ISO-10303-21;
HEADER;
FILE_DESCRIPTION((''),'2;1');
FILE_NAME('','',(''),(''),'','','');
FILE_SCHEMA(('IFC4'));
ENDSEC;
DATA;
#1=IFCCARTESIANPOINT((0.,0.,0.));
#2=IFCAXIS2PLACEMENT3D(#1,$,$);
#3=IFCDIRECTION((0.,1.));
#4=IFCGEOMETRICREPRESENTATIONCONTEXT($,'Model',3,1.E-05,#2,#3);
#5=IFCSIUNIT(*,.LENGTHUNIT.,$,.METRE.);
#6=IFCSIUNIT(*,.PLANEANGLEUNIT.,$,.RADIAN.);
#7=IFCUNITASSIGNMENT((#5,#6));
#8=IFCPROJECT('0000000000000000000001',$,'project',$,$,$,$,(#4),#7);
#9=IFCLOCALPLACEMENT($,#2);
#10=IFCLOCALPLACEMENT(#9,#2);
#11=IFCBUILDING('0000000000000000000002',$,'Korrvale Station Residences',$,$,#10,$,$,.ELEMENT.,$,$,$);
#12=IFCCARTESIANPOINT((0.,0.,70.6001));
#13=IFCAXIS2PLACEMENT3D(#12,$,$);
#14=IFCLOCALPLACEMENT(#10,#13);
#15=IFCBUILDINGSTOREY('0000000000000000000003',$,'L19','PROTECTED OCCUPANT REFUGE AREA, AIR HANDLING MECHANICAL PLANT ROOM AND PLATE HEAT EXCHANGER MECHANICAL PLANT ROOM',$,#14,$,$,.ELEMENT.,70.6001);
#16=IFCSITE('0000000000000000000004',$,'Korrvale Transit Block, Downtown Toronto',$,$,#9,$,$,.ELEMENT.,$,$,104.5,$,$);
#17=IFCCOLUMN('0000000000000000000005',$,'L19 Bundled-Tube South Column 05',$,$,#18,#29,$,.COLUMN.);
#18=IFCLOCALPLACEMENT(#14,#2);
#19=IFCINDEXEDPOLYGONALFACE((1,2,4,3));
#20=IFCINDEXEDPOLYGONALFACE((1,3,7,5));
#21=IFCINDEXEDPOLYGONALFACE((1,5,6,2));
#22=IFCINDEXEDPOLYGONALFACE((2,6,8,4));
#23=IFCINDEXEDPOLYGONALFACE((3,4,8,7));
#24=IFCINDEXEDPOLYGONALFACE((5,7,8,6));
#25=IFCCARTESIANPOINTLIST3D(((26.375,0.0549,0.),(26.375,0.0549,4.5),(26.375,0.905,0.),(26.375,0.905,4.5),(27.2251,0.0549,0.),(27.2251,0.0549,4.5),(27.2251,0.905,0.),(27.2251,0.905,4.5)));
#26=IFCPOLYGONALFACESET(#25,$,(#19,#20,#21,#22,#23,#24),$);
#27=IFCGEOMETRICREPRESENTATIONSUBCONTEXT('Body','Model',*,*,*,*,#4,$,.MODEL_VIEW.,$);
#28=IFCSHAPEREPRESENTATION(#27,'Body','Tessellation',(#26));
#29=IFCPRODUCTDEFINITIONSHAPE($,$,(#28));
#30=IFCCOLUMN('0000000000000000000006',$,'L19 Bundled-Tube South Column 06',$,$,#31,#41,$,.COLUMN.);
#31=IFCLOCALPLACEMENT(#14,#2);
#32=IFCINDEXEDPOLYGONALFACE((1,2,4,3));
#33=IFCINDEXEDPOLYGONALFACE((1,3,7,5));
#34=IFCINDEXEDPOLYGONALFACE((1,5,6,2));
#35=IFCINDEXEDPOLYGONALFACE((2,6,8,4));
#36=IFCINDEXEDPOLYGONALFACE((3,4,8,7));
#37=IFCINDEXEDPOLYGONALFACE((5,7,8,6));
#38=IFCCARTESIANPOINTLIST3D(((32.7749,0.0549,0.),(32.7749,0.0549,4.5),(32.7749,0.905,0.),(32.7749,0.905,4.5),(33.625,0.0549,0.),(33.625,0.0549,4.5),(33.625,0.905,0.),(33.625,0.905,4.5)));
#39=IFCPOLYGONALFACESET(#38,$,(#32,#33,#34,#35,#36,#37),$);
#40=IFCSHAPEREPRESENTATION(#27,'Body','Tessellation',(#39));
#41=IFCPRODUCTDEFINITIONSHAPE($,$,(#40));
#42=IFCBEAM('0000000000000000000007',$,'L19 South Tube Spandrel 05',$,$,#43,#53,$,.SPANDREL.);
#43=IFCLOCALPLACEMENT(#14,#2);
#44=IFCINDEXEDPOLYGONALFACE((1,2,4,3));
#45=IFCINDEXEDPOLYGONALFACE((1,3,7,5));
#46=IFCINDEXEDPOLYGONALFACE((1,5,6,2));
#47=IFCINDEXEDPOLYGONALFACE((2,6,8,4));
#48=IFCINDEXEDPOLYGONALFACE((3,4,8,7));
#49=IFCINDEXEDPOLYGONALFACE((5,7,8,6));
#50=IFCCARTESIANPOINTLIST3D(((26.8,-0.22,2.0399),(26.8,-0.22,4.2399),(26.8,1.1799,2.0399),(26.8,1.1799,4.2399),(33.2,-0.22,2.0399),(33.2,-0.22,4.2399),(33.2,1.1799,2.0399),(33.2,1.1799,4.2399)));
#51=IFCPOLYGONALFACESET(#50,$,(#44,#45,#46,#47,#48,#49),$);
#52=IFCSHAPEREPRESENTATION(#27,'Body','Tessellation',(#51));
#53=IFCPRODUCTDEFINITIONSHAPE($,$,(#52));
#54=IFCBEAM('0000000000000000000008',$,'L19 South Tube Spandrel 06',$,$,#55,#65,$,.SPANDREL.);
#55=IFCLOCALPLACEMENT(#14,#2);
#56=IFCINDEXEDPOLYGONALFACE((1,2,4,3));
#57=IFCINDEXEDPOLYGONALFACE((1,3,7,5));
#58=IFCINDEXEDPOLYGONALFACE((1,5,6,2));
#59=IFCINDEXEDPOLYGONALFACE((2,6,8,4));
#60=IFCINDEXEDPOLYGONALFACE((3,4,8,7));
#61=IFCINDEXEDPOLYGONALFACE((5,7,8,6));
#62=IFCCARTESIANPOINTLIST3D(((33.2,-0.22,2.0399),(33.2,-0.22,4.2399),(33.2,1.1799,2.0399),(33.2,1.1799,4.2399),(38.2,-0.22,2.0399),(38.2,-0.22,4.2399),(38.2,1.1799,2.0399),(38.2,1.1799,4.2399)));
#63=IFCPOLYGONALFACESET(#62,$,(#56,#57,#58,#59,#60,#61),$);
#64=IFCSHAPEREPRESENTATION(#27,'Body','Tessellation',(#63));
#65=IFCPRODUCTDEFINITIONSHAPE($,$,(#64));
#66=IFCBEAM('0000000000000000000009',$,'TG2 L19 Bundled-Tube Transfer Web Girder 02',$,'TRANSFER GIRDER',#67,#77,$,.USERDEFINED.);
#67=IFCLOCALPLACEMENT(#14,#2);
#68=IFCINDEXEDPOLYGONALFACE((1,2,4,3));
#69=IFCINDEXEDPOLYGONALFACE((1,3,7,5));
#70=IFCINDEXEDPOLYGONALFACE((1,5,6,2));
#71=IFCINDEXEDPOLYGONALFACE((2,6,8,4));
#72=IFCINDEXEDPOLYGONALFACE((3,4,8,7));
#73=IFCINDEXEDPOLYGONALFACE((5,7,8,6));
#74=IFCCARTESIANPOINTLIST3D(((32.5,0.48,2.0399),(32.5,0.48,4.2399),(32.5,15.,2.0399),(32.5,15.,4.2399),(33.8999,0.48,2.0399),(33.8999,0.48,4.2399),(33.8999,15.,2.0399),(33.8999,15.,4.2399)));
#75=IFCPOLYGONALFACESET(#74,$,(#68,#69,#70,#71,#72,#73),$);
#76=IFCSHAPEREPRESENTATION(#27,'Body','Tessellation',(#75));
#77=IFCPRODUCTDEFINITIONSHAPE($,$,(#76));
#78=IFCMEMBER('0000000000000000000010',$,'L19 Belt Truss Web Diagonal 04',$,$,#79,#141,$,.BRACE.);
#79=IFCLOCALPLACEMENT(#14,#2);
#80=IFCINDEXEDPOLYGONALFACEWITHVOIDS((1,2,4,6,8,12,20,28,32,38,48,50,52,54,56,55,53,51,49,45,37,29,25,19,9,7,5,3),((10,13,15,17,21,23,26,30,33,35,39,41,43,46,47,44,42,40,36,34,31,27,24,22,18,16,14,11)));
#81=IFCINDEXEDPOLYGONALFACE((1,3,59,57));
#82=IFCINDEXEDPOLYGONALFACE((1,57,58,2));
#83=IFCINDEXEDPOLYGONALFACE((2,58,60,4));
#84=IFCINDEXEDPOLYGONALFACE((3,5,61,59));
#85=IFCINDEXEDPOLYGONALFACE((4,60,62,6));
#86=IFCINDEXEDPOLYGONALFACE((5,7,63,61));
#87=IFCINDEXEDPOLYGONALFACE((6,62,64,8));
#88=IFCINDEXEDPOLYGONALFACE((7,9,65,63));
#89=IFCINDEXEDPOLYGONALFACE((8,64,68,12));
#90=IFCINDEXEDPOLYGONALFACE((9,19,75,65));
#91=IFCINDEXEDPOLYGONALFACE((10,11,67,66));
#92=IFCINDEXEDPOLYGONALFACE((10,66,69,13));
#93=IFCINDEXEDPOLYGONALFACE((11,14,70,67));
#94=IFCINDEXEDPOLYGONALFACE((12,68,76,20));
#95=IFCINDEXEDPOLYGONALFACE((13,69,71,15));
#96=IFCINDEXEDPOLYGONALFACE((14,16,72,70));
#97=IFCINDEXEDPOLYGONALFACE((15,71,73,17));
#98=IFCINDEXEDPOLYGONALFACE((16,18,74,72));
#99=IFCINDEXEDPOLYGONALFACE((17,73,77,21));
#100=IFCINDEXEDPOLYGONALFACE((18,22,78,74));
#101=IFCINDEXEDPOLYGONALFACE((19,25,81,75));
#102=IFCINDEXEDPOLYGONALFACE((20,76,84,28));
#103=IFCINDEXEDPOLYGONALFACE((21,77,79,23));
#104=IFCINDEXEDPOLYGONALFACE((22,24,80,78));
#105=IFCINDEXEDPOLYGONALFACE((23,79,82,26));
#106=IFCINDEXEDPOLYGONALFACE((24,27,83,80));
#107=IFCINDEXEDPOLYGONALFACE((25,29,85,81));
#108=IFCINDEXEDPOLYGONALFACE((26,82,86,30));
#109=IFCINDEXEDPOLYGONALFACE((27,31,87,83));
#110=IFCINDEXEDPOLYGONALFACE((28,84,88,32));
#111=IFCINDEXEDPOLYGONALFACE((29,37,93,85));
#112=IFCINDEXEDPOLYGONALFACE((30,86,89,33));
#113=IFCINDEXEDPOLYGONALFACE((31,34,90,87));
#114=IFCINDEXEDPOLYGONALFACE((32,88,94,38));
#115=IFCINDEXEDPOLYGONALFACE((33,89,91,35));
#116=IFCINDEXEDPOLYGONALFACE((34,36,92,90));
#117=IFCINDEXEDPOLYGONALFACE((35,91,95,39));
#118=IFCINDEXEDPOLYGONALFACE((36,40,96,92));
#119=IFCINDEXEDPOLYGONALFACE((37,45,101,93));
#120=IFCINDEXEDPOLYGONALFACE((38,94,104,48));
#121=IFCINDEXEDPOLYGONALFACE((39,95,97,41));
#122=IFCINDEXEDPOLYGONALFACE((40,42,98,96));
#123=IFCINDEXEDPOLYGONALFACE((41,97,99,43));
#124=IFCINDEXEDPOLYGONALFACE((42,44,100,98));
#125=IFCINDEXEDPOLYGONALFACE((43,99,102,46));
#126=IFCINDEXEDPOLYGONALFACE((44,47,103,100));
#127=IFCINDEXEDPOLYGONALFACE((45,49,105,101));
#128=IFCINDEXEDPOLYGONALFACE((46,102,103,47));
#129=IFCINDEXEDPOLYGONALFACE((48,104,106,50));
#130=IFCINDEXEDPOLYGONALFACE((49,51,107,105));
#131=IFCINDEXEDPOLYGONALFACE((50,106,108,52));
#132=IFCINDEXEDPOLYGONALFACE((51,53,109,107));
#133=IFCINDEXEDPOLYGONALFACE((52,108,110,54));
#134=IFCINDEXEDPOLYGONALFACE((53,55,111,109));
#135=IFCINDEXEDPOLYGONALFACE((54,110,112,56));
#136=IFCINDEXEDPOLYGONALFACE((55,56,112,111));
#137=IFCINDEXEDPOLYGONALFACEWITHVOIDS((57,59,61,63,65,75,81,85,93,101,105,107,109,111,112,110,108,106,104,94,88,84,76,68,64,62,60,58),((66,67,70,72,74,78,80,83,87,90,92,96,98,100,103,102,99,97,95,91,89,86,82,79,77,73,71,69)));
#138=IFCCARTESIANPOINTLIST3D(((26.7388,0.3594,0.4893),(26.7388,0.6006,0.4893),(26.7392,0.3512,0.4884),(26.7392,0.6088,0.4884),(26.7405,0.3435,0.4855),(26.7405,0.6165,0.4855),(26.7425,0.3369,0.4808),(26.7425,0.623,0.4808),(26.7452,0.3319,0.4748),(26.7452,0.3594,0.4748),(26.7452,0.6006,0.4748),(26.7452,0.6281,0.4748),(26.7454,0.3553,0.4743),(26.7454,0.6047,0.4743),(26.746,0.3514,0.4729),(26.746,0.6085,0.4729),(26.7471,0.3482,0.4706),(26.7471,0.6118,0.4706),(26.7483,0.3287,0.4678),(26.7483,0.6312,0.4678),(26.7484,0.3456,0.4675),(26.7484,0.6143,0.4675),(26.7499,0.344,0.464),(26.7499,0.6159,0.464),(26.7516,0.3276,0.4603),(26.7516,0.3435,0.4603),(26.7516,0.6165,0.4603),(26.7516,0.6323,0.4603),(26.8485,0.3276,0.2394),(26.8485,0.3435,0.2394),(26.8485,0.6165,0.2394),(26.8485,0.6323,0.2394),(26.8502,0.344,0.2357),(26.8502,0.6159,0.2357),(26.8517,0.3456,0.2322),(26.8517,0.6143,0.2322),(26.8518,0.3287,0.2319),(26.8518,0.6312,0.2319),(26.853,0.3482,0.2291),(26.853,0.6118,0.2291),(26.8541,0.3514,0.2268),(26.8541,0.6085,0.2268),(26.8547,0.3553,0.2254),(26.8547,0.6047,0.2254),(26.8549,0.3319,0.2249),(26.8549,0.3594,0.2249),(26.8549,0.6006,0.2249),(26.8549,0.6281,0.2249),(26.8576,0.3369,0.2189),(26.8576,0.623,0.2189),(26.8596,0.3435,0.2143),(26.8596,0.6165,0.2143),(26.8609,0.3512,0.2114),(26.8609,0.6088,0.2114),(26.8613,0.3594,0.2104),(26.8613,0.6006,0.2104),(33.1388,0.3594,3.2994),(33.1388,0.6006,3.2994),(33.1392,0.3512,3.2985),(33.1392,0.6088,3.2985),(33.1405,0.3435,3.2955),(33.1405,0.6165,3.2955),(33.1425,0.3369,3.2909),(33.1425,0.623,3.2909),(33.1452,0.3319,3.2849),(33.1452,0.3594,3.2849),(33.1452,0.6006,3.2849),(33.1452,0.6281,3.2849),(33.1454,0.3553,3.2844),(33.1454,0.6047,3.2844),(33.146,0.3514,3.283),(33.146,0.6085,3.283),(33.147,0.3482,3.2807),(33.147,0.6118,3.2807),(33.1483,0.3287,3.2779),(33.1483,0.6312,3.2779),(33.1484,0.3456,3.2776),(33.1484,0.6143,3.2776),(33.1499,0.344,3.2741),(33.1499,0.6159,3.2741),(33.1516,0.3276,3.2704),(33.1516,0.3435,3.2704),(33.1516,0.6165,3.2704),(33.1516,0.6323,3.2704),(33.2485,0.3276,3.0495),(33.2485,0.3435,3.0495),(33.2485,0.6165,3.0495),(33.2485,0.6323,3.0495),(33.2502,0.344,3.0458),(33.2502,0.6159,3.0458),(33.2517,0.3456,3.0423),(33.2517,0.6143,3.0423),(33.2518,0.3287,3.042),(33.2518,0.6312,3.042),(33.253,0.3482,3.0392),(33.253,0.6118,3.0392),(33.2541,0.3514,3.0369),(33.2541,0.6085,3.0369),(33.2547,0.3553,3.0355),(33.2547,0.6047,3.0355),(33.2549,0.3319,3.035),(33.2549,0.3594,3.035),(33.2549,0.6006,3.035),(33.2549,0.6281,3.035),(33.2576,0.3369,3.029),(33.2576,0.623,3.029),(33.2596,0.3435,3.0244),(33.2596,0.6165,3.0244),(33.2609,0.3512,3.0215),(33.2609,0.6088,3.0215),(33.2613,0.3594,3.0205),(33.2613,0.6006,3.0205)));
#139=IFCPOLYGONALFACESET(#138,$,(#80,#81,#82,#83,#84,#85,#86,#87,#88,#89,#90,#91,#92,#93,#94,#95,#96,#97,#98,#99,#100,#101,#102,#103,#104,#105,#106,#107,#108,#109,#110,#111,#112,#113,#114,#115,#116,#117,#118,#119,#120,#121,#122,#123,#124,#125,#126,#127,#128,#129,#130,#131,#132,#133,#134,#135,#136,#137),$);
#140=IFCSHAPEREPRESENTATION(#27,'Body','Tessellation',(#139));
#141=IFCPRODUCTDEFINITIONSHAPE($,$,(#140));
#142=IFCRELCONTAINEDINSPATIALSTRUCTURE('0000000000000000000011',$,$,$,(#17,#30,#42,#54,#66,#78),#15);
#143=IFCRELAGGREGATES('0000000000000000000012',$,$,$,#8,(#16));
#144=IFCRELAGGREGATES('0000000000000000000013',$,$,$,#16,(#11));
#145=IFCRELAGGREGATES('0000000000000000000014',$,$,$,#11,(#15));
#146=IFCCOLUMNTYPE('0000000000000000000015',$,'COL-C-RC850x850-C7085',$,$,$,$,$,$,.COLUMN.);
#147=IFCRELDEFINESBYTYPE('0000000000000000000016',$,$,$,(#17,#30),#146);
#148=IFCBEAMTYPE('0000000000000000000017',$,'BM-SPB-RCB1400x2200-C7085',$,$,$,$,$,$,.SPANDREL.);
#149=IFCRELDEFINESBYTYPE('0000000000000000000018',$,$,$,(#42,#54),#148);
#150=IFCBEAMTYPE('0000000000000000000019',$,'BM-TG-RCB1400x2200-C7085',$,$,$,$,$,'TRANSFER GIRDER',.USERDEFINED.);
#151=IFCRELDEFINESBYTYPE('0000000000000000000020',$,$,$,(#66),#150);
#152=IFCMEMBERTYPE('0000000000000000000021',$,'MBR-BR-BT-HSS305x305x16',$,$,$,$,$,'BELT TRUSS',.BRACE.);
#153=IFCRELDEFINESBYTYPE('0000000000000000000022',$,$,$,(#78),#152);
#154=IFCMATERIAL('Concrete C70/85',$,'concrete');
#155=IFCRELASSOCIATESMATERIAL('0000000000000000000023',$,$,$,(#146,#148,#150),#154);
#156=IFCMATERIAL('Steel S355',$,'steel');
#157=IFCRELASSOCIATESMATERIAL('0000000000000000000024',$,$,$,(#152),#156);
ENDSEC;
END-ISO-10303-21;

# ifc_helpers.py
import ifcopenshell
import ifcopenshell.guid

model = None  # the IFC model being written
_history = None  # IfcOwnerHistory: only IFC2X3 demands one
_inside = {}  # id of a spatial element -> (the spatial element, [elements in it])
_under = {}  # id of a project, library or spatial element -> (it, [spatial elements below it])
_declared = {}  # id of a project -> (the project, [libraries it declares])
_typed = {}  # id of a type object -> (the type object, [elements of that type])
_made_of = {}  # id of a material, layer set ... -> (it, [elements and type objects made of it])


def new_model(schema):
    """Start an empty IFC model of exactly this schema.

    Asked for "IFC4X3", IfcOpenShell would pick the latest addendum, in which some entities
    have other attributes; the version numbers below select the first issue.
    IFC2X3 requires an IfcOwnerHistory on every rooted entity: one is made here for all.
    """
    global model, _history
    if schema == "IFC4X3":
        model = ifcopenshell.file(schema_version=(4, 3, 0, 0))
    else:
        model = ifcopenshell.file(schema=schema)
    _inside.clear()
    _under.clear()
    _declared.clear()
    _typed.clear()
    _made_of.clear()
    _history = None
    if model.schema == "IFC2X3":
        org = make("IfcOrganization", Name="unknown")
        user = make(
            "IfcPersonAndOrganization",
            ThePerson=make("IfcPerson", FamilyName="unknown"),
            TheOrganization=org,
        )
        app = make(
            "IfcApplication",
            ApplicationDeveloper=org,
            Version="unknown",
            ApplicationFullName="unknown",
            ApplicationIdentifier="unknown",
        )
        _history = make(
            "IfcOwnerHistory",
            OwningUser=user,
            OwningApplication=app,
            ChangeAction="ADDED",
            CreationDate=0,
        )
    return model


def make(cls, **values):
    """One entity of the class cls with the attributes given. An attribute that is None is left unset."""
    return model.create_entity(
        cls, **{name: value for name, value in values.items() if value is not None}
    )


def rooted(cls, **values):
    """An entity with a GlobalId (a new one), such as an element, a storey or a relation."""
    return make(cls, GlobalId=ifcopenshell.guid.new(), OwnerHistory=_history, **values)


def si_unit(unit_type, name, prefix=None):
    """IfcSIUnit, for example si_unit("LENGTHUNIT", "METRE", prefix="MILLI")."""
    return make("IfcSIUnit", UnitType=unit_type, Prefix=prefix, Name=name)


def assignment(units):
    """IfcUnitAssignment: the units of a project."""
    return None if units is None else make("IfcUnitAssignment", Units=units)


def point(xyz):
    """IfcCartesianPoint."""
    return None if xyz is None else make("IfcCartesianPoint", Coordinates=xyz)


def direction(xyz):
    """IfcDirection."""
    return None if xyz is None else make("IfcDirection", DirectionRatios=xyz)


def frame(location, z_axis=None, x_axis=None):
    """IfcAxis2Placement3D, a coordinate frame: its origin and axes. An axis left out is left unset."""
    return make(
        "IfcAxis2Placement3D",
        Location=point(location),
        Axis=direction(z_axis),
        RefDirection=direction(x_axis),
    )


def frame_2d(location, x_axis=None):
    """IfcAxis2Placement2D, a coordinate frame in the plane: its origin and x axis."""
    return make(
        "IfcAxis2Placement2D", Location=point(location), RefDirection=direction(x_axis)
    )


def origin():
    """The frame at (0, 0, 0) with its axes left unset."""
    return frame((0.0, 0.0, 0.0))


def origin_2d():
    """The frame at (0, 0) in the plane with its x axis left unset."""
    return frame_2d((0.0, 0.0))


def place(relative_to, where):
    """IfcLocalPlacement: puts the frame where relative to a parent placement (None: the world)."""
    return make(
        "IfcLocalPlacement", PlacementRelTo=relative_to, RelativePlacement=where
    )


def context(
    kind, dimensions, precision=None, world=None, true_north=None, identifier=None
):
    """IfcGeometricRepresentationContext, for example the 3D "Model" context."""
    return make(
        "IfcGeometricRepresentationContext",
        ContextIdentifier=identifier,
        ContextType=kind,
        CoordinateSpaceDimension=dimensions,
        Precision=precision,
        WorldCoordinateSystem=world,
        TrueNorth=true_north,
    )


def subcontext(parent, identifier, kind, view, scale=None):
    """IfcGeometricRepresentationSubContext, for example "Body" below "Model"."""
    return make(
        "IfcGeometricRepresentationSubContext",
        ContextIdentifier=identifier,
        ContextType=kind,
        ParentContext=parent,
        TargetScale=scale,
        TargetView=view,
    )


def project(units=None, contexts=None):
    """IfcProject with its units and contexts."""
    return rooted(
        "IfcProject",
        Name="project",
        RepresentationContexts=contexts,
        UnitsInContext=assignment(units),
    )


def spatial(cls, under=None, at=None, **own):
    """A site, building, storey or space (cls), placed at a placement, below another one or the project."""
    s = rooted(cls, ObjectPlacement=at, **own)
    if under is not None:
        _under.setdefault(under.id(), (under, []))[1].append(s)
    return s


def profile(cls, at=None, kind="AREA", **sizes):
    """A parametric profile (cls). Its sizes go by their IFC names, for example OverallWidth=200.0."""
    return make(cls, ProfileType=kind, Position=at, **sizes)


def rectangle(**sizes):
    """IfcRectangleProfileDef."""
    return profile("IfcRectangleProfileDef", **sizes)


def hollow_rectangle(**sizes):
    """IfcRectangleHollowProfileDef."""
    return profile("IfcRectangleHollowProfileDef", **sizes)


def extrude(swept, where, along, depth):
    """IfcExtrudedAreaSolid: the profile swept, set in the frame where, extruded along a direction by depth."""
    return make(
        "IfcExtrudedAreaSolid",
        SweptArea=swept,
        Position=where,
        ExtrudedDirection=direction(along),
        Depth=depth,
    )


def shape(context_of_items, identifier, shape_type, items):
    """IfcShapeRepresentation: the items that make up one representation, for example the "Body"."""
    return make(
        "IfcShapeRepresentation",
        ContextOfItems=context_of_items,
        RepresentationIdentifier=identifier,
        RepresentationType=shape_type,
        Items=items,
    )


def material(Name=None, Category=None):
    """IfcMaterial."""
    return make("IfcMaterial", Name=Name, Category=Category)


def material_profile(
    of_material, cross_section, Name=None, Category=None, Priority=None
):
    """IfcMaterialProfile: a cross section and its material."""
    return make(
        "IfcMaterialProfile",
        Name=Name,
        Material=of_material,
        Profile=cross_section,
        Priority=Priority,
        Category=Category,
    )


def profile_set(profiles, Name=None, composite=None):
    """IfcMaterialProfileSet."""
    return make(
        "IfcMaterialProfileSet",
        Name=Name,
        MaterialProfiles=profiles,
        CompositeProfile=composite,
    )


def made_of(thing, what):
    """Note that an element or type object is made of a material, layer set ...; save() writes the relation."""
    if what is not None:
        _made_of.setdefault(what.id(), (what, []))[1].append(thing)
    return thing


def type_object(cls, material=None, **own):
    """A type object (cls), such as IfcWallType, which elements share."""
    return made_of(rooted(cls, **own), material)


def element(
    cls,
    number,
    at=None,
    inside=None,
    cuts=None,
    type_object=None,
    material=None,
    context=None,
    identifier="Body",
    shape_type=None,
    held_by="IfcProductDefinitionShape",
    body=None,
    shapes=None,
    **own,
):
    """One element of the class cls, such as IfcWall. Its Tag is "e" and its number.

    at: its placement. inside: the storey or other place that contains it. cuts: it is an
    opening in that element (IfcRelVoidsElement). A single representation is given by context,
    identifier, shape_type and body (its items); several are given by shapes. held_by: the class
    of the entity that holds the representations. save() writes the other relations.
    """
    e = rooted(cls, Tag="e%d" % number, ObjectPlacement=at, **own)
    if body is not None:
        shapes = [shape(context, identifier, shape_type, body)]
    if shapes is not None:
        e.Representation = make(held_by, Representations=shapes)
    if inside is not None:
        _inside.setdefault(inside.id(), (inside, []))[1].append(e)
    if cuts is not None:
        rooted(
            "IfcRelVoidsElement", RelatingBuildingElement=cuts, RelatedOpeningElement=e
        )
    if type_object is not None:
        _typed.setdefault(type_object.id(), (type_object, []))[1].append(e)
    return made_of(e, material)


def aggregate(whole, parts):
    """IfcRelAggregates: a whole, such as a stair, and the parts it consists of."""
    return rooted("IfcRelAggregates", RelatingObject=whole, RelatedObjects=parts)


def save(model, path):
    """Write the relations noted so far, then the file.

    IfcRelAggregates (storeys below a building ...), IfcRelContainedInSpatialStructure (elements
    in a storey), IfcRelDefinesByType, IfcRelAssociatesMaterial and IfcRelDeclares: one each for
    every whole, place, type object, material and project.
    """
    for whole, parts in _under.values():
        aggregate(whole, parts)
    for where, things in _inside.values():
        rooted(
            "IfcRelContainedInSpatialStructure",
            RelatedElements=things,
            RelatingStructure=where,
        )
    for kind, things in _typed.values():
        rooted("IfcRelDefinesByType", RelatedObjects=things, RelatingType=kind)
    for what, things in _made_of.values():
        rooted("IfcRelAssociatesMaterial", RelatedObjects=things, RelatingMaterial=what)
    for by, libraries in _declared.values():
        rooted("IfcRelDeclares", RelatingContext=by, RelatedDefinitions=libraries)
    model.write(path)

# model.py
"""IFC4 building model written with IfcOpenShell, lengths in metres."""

from ifc_helpers import new_model, si_unit, direction, frame, origin, origin_2d, place, context, subcontext, project, spatial, rectangle, hollow_rectangle, extrude, material, material_profile, profile_set, type_object, element, save


model = new_model("IFC4")

# Units and contexts
model_context = context("Model", 3, precision=1e-05, world=origin(), true_north=direction((0.0, 1.0)))
body_context = subcontext(model_context, "Body", "Model", "MODEL_VIEW")
ifc_project = project(units=[si_unit("LENGTHUNIT", "METRE"), si_unit("PLANEANGLEUNIT", "RADIAN")], contexts=[model_context])

# Site, building, storey
site_placement = place(None, origin())
site = spatial("IfcSite", under=ifc_project, at=site_placement, Name="Korrvale Transit Block, Downtown Toronto", CompositionType="ELEMENT", RefElevation=104.5)
building_placement = place(site_placement, origin())
building = spatial("IfcBuilding", under=site, at=building_placement, Name="Korrvale Station Residences", CompositionType="ELEMENT")
storey_placement = place(building_placement, frame((0.0, 0.0, 70.6001)))
storey = spatial("IfcBuildingStorey", under=building, at=storey_placement, Name="L19", Description="PROTECTED OCCUPANT REFUGE AREA, AIR HANDLING MECHANICAL PLANT ROOM AND PLATE HEAT EXCHANGER MECHANICAL PLANT ROOM", CompositionType="ELEMENT", Elevation=70.6001)

# Columns
ifc_material_1 = material(Name="Concrete C70/85", Category="concrete")
ifc_material_profile_1 = material_profile(ifc_material_1, rectangle(XDim=0.8501, YDim=0.8501, at=origin_2d()), Name="RC850x850")
ifc_profile_set_1 = profile_set([ifc_material_profile_1], Name="Concrete C70/85")
column_type = type_object("IfcColumnType", Name="COL-C-RC850x850-C7085", PredefinedType="COLUMN", material=ifc_profile_set_1)
for number, where, z_axis, x_axis, name in (
    (1, (26.8, 0.48, 0.0), (0.0, 0.0, 1.0), (1.0, 0.0, 0.0), "L19 Bundled-Tube South Column 05"),
    (2, (33.2, 0.48, 0.0), (0.0, 0.0, 1.0), (1.0, 0.0, 0.0), "L19 Bundled-Tube South Column 06"),
):
    element("IfcColumn", number, at=place(storey_placement, frame(where, z_axis=z_axis, x_axis=x_axis)), inside=storey, type_object=column_type, Name=name, PredefinedType="COLUMN", context=body_context, shape_type="SweptSolid", body=[
        extrude(rectangle(XDim=0.8501, YDim=0.8501, at=origin_2d()), origin(), (0.0, 0.0, 1.0), 4.5),
    ])

# Beams
ifc_material_profile_2 = material_profile(ifc_material_1, rectangle(XDim=1.3999, YDim=2.2, at=origin_2d()), Name="RCB1400x2200")
ifc_profile_set_2 = profile_set([ifc_material_profile_2], Name="Concrete C70/85")
beam_type_1 = type_object("IfcBeamType", Name="BM-SPB-RCB1400x2200-C7085", PredefinedType="SPANDREL", material=ifc_profile_set_2)
beam_1_placement = place(storey_placement, frame((26.8, 0.48, 3.1399), z_axis=(1.0, 0.0, 0.0), x_axis=(0.0, 1.0, 0.0)))
element("IfcBeam", 3, at=beam_1_placement, inside=storey, type_object=beam_type_1, Name="L19 South Tube Spandrel 05", PredefinedType="SPANDREL", context=body_context, shape_type="SweptSolid", body=[
    extrude(rectangle(XDim=1.3999, YDim=2.2, at=origin_2d()), origin(), (0.0, 0.0, 1.0), 6.3999),
])
beam_2_placement = place(storey_placement, frame((33.2, 0.48, 3.1399), z_axis=(1.0, 0.0, 0.0), x_axis=(0.0, 1.0, 0.0)))
element("IfcBeam", 4, at=beam_2_placement, inside=storey, type_object=beam_type_1, Name="L19 South Tube Spandrel 06", PredefinedType="SPANDREL", context=body_context, shape_type="SweptSolid", body=[
    extrude(rectangle(XDim=1.3999, YDim=2.2, at=origin_2d()), origin(), (0.0, 0.0, 1.0), 5.0),
])
ifc_material_profile_3 = material_profile(ifc_material_1, rectangle(XDim=1.3999, YDim=2.2, at=origin_2d()), Name="RCB1400x2200")
ifc_profile_set_3 = profile_set([ifc_material_profile_3], Name="Concrete C70/85")
beam_type_2 = type_object("IfcBeamType", Name="BM-TG-RCB1400x2200-C7085", ElementType="TRANSFER GIRDER", PredefinedType="USERDEFINED", material=ifc_profile_set_3)
beam_3_placement = place(storey_placement, frame((33.2, 0.48, 3.1399), z_axis=(0.0, 1.0, 0.0), x_axis=(-1.0, 0.0, 0.0)))
element("IfcBeam", 5, at=beam_3_placement, inside=storey, type_object=beam_type_2, Name="TG2 L19 Bundled-Tube Transfer Web Girder 02", ObjectType="TRANSFER GIRDER", PredefinedType="USERDEFINED", context=body_context, shape_type="SweptSolid", body=[
    extrude(rectangle(XDim=1.3999, YDim=2.2, at=origin_2d()), origin(), (0.0, 0.0, 1.0), 14.52),
])

# Member
ifc_material_2 = material(Name="Steel S355", Category="steel")
ifc_material_profile_4 = material_profile(ifc_material_2, hollow_rectangle(XDim=0.3047, YDim=0.3047, WallThickness=0.0159, InnerFilletRadius=0.0159, OuterFilletRadius=0.0317, at=origin_2d()), Name="HSS305x305x16")
ifc_profile_set_4 = profile_set([ifc_material_profile_4], Name="Steel S355")
member_type_1 = type_object("IfcMemberType", Name="MBR-BR-BT-HSS305x305x16", ElementType="BELT TRUSS", PredefinedType="BRACE", material=ifc_profile_set_4)
member_1_placement = place(storey_placement, frame((26.8, 0.48, 0.3499), z_axis=(0.915626, 0.0, 0.402031), x_axis=(0.0, 1.0, 0.0)))
element("IfcMember", 6, at=member_1_placement, inside=storey, type_object=member_type_1, Name="L19 Belt Truss Web Diagonal 04", PredefinedType="BRACE", context=body_context, shape_type="SweptSolid", body=[
    extrude(hollow_rectangle(XDim=0.3047, YDim=0.3047, WallThickness=0.0159, InnerFilletRadius=0.0159, OuterFilletRadius=0.0317, at=origin_2d()), origin(), (0.0, 0.0, 1.0), 6.9897),
])

save(model, "model.ifc")
